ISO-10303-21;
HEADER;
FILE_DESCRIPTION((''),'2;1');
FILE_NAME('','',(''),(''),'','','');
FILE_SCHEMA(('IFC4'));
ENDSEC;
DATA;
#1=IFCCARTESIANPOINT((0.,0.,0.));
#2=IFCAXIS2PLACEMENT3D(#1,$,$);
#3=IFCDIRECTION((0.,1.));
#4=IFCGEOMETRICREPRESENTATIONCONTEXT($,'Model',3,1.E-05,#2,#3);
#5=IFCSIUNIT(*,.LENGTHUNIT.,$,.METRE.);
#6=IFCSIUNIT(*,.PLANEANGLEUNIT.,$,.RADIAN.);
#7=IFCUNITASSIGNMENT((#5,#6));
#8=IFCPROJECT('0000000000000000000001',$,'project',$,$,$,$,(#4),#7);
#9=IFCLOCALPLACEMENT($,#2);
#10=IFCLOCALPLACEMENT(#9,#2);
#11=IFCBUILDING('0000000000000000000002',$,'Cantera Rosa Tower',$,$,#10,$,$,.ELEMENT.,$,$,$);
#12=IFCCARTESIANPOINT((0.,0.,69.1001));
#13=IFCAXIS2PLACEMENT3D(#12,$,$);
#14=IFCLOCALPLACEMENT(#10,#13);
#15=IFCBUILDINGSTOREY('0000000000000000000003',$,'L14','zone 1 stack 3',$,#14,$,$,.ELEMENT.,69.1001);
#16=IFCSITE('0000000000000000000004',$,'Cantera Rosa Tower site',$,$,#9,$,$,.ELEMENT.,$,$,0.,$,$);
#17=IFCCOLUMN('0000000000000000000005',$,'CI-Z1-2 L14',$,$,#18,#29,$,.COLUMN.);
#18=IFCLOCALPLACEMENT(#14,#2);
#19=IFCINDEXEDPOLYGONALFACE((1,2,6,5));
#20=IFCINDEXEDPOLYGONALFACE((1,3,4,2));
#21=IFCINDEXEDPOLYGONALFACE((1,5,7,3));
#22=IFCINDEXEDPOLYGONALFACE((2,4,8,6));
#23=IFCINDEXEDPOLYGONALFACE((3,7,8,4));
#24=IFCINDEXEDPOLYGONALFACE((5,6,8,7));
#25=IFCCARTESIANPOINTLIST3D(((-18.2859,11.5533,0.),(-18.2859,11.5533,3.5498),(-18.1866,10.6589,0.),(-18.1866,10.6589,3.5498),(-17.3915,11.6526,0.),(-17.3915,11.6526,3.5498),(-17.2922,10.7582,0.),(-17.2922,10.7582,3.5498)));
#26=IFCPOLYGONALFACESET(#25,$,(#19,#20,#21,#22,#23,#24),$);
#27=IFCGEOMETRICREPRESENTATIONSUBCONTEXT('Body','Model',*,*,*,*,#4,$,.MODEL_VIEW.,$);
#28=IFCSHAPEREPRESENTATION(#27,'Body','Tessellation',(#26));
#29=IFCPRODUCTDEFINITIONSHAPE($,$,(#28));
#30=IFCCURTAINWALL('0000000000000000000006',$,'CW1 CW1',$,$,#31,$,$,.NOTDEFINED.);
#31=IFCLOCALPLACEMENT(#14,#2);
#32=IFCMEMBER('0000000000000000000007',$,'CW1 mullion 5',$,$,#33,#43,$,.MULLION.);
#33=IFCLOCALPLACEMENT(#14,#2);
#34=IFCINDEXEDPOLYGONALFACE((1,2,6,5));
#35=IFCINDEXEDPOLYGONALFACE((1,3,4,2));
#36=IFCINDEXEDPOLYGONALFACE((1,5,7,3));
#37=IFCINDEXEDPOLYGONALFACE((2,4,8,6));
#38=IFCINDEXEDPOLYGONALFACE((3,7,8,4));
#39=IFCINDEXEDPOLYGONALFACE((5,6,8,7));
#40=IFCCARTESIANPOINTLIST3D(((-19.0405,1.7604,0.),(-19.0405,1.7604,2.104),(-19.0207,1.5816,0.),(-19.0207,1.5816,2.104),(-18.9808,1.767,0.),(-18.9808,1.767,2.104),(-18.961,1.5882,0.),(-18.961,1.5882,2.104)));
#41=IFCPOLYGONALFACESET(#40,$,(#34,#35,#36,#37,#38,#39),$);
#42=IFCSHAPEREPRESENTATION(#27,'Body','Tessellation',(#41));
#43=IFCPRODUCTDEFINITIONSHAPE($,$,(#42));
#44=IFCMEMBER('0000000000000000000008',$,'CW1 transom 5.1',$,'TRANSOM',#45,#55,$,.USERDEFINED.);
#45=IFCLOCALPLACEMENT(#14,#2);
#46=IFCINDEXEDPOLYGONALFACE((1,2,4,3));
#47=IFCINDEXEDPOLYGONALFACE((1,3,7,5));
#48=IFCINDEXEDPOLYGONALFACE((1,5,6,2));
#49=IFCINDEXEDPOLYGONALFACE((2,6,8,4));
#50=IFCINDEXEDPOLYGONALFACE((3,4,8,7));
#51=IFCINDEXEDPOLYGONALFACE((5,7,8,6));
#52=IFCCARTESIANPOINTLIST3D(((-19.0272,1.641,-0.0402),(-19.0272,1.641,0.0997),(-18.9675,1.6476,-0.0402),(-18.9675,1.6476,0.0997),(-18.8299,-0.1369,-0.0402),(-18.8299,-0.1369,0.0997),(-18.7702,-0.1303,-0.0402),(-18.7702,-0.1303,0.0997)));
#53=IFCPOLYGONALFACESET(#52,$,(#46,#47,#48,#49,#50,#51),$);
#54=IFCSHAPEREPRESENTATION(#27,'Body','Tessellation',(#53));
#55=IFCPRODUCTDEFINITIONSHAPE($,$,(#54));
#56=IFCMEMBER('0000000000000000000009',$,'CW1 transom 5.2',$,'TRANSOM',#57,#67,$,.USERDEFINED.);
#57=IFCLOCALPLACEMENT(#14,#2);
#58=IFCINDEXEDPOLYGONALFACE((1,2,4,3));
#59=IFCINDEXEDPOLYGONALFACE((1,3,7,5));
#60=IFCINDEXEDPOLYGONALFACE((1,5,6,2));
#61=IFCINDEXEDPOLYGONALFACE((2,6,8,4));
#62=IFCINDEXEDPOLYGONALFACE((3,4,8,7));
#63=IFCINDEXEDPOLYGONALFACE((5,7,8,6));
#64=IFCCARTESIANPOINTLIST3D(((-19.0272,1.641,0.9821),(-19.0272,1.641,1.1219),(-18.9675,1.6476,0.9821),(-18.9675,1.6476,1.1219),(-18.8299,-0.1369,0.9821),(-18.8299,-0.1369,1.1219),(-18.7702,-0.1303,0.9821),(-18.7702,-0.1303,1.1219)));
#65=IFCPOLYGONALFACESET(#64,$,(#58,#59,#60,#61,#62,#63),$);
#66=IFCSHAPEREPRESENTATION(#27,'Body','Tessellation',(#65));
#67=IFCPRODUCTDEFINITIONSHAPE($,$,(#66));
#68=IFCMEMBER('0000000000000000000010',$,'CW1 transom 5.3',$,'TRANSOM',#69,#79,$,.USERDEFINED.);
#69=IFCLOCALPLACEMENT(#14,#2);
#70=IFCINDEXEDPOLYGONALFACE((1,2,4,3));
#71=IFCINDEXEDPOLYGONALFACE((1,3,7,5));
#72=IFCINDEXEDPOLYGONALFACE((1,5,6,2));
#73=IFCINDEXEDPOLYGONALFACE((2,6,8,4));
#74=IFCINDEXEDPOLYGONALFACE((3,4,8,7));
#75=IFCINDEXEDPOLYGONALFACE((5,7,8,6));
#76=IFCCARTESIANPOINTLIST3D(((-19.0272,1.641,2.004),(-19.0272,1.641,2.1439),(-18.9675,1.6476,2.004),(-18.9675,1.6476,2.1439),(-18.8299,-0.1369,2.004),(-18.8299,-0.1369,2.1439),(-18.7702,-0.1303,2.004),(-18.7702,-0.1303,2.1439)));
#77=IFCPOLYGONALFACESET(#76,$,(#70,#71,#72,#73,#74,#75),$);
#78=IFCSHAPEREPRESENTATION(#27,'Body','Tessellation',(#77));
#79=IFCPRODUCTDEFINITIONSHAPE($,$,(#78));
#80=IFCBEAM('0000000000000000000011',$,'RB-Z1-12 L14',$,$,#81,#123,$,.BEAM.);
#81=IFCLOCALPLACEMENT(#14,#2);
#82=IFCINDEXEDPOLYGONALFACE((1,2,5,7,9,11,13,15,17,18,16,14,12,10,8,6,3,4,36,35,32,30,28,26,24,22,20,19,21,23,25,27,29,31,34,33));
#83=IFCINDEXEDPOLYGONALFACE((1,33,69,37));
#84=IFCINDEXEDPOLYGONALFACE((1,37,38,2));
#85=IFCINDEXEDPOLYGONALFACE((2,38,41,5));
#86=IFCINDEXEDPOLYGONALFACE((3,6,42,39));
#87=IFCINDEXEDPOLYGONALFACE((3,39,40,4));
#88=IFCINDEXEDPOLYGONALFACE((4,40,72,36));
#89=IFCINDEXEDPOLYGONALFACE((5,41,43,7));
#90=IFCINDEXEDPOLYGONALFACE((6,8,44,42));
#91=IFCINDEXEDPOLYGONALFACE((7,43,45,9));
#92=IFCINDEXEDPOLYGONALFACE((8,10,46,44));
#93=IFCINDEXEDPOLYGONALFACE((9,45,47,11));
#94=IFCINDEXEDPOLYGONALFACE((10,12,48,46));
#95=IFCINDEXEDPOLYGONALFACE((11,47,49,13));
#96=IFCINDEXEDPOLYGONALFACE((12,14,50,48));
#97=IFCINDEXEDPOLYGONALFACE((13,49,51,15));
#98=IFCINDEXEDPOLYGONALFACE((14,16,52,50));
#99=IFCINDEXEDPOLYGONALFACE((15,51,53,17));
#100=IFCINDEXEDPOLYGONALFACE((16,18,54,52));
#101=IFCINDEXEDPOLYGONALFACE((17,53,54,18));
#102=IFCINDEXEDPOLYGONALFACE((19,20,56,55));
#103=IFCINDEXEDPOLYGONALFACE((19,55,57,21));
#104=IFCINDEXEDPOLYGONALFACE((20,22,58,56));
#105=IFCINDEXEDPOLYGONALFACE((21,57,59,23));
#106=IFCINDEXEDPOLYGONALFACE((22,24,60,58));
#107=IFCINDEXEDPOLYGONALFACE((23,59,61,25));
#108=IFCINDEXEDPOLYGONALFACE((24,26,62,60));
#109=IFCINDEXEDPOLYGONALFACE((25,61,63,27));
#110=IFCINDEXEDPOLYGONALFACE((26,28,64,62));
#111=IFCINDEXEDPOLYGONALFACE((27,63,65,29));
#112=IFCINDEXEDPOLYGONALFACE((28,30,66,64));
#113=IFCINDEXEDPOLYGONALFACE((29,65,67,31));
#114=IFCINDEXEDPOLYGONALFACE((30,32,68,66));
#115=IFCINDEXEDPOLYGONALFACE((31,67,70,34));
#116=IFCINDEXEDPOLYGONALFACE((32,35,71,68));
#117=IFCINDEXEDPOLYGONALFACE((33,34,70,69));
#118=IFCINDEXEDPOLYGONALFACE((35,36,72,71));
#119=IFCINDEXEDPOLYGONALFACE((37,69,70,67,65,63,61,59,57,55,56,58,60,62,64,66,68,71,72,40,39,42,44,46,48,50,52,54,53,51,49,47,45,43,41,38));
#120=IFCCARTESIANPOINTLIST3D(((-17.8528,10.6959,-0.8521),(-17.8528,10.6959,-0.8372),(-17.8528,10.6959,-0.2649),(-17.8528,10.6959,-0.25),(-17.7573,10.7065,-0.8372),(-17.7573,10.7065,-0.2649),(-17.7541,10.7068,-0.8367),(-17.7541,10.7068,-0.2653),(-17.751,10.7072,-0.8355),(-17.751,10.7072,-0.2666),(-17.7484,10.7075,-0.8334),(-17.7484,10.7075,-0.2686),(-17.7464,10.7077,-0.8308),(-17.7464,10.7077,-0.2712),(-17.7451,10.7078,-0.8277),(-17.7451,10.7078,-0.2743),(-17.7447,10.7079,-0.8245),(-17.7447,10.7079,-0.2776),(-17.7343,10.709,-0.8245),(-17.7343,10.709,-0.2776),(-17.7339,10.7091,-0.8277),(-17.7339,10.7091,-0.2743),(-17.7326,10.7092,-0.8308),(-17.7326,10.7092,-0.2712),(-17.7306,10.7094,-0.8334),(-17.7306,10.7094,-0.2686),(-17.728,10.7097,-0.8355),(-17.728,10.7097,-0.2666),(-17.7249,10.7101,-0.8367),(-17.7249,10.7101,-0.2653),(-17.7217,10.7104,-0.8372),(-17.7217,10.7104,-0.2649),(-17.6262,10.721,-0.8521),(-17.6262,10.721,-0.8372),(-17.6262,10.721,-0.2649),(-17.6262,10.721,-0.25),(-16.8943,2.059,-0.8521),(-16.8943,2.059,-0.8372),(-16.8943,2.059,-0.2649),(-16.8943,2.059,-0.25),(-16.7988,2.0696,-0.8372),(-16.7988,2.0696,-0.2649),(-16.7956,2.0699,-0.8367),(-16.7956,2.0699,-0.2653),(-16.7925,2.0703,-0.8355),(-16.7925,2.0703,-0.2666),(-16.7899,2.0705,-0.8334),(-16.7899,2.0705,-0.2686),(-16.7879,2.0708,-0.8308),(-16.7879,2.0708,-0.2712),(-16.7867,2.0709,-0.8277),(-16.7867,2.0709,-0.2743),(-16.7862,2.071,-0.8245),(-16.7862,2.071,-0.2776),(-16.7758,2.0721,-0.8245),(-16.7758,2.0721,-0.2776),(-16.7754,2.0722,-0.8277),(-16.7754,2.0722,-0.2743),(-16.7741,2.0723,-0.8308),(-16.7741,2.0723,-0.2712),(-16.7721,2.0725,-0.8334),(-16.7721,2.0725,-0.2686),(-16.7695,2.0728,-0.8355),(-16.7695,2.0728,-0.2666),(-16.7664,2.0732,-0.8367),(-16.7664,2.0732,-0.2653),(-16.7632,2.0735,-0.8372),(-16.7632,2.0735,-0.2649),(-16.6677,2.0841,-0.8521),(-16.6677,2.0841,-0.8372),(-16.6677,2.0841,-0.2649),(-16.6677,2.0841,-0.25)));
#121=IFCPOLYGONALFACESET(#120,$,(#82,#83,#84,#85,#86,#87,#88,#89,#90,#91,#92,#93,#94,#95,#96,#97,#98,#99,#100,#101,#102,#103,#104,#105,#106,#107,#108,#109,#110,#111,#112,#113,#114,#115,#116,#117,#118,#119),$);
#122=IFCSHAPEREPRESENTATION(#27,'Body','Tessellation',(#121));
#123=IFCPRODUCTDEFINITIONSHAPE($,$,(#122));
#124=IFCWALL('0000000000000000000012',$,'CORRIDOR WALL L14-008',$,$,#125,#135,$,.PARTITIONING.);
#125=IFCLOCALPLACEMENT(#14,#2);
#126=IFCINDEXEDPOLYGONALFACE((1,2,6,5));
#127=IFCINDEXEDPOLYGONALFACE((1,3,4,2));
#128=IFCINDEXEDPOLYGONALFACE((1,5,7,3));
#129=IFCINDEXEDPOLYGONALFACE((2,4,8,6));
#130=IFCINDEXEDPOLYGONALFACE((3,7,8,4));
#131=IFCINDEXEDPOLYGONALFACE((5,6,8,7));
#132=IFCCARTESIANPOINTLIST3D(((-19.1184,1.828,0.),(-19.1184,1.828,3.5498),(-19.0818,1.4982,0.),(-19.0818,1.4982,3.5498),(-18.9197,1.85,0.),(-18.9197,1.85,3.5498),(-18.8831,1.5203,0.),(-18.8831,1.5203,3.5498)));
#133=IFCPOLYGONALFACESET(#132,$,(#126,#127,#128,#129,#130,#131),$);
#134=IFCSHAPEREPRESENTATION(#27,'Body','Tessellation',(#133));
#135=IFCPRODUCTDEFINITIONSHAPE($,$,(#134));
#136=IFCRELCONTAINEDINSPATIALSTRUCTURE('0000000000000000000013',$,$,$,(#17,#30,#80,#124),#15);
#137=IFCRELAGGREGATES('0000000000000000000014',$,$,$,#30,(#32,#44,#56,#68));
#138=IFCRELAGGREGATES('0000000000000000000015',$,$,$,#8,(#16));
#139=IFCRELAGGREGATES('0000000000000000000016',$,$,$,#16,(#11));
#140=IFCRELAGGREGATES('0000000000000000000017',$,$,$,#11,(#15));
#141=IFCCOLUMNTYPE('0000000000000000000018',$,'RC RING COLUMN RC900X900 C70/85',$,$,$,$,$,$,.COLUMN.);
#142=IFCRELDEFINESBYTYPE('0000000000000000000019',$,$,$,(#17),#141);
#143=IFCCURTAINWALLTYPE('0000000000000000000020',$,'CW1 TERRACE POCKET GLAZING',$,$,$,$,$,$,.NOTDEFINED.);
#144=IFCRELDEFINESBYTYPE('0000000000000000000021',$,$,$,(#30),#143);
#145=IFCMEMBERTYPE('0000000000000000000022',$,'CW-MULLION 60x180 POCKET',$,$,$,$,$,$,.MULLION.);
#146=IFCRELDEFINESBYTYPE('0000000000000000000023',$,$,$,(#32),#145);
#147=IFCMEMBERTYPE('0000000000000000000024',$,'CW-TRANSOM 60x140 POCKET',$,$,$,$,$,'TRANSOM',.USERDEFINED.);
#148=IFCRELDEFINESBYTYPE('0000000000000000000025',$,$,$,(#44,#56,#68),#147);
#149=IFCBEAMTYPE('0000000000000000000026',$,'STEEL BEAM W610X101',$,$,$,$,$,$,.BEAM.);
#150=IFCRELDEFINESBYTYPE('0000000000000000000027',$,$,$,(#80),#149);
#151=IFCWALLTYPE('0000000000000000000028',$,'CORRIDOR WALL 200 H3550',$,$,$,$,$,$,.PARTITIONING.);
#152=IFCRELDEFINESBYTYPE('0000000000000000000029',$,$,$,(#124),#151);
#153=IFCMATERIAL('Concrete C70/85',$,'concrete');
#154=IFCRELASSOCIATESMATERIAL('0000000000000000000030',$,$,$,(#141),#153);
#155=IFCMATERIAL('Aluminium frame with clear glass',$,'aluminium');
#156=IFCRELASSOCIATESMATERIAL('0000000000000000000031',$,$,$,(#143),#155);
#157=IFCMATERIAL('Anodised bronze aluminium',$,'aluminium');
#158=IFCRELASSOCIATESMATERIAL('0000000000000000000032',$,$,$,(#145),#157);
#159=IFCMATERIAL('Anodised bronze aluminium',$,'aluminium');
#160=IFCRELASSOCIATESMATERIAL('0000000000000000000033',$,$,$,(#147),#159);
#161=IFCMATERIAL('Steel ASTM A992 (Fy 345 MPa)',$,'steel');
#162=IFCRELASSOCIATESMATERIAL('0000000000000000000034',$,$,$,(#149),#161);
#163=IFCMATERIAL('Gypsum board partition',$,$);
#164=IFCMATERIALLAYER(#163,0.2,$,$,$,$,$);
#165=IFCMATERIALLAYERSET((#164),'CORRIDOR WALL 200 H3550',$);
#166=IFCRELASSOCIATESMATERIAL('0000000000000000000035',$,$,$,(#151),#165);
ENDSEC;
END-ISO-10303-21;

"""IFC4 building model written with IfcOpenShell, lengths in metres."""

from ifc_helpers import new_model, si_unit, direction, frame, frame_2d, origin, origin_2d, place, context, subcontext, project, spatial, rectangle, i_section, extrude, material, layer, layer_set, material_profile, profile_set, type_object, element, aggregate, save


model = new_model("IFC4")

# Units and contexts
model_context = context("Model", 3, precision=1e-05, world=origin(), true_north=direction((0.0, 1.0)))
body_context = subcontext(model_context, "Body", "Model", "MODEL_VIEW")
ifc_project = project(units=[si_unit("LENGTHUNIT", "METRE"), si_unit("PLANEANGLEUNIT", "RADIAN")], contexts=[model_context])

# Site, building, storey
site_placement = place(None, origin())
site = spatial("IfcSite", under=ifc_project, at=site_placement, Name="Cantera Rosa Tower site", CompositionType="ELEMENT", RefElevation=0.0)
building_placement = place(site_placement, origin())
building = spatial("IfcBuilding", under=site, at=building_placement, Name="Cantera Rosa Tower", CompositionType="ELEMENT")
storey_placement = place(building_placement, frame((0.0, 0.0, 69.1001)))
storey = spatial("IfcBuildingStorey", under=building, at=storey_placement, Name="L14", Description="zone 1 stack 3", CompositionType="ELEMENT", Elevation=69.1001)

# Column
ifc_material_1 = material(Name="Concrete C70/85", Category="concrete")
ifc_material_profile_1 = material_profile(ifc_material_1, rectangle(XDim=0.8999, YDim=0.8999, at=origin_2d()), Name="RC RING COLUMN RC900X900 C70/85")
ifc_profile_set_1 = profile_set([ifc_material_profile_1], Name="Concrete C70/85")
column_type = type_object("IfcColumnType", Name="RC RING COLUMN RC900X900 C70/85", PredefinedType="COLUMN", material=ifc_profile_set_1)
column_placement = place(storey_placement, frame((-17.7891, 11.1558, 0.0), z_axis=(0.0, 0.0, 1.0), x_axis=(0.993897, 0.110313, 0.0)))
element("IfcColumn", 1, at=column_placement, inside=storey, type_object=column_type, Name="CI-Z1-2 L14", PredefinedType="COLUMN", context=body_context, shape_type="SweptSolid", body=[
    extrude(rectangle(XDim=0.8999, YDim=0.8999, at=origin_2d()), origin(), (0.0, 0.0, 1.0), 3.5498),
])

# Curtain wall, members
ifc_material_2 = material(Name="Aluminium frame with clear glass", Category="aluminium")
curtain_wall_type = type_object("IfcCurtainWallType", Name="CW1 TERRACE POCKET GLAZING", PredefinedType="NOTDEFINED", material=ifc_material_2)
curtain_wall_placement = place(storey_placement, origin())
curtain_wall = element("IfcCurtainWall", 2, at=curtain_wall_placement, inside=storey, type_object=curtain_wall_type, Name="CW1 CW1", PredefinedType="NOTDEFINED")
ifc_material_3 = material(Name="Anodised bronze aluminium", Category="aluminium")
ifc_material_profile_2 = material_profile(ifc_material_3, rectangle(XDim=0.0601, YDim=0.1799, at=origin_2d()), Name="CW-MULLION 60x180 POCKET")
ifc_profile_set_2 = profile_set([ifc_material_profile_2], Name="Anodised bronze aluminium")
member_type_1 = type_object("IfcMemberType", Name="CW-MULLION 60x180 POCKET", PredefinedType="MULLION", material=ifc_profile_set_2)
member_1_placement = place(storey_placement, frame((-19.0007, 1.6743, 0.0), z_axis=(0.0, 0.0, 1.0), x_axis=(0.993897, 0.110313, 0.0)))
member_1 = element("IfcMember", 3, at=member_1_placement, type_object=member_type_1, Name="CW1 mullion 5", PredefinedType="MULLION", context=body_context, shape_type="SweptSolid", body=[
    extrude(rectangle(XDim=0.0601, YDim=0.1799, at=origin_2d()), origin(), (0.0, 0.0, 1.0), 2.104),
])
ifc_material_4 = material(Name="Anodised bronze aluminium", Category="aluminium")
ifc_material_profile_3 = material_profile(ifc_material_4, rectangle(XDim=0.0601, YDim=0.1399, at=origin_2d()), Name="CW-TRANSOM 60x140 POCKET")
ifc_profile_set_3 = profile_set([ifc_material_profile_3], Name="Anodised bronze aluminium")
member_type_2 = type_object("IfcMemberType", Name="CW-TRANSOM 60x140 POCKET", ElementType="TRANSOM", PredefinedType="USERDEFINED", material=ifc_profile_set_3)
member_2_placement = place(storey_placement, frame((-18.9973, 1.6443, 0.0298), z_axis=(0.110282, -0.9939, 0.0), x_axis=(0.9939, 0.110282, 0.0)))
member_2 = element("IfcMember", 4, at=member_2_placement, type_object=member_type_2, Name="CW1 transom 5.1", ObjectType="TRANSOM", PredefinedType="USERDEFINED", context=body_context, shape_type="SweptSolid", body=[
    extrude(rectangle(XDim=0.0601, YDim=0.1399, at=origin_2d()), origin(), (0.0, 0.0, 1.0), 1.7888),
])
member_3_placement = place(storey_placement, frame((-18.9973, 1.6443, 1.052), z_axis=(0.110282, -0.9939, 0.0), x_axis=(0.9939, 0.110282, 0.0)))
member_3 = element("IfcMember", 5, at=member_3_placement, type_object=member_type_2, Name="CW1 transom 5.2", ObjectType="TRANSOM", PredefinedType="USERDEFINED", context=body_context, shape_type="SweptSolid", body=[
    extrude(rectangle(XDim=0.0601, YDim=0.1399, at=origin_2d()), origin(), (0.0, 0.0, 1.0), 1.7888),
])
member_4_placement = place(storey_placement, frame((-18.9973, 1.6443, 2.074), z_axis=(0.110282, -0.9939, 0.0), x_axis=(0.9939, 0.110282, 0.0)))
member_4 = element("IfcMember", 6, at=member_4_placement, type_object=member_type_2, Name="CW1 transom 5.3", ObjectType="TRANSOM", PredefinedType="USERDEFINED", context=body_context, shape_type="SweptSolid", body=[
    extrude(rectangle(XDim=0.0601, YDim=0.1399, at=origin_2d()), origin(), (0.0, 0.0, 1.0), 1.7888),
])
aggregate(curtain_wall, [member_1, member_2, member_3, member_4])

# Beam
ifc_material_5 = material(Name="Steel ASTM A992 (Fy 345 MPa)", Category="steel")
ifc_material_profile_4 = material_profile(ifc_material_5, i_section(OverallWidth=0.228, OverallDepth=0.6021, WebThickness=0.0105, FlangeThickness=0.0149, FilletRadius=0.0127, at=origin_2d()), Name="W610X101")
ifc_profile_set_4 = profile_set([ifc_material_profile_4], Name="Steel ASTM A992 (Fy 345 MPa)")
beam_type = type_object("IfcBeamType", Name="STEEL BEAM W610X101", PredefinedType="BEAM", material=ifc_profile_set_4)
beam_placement = place(storey_placement, frame((-16.781, 2.0715, -0.551), z_axis=(-0.110299, 0.993898, 0.0), x_axis=(-0.993898, -0.110299, 0.0)))
element("IfcBeam", 7, at=beam_placement, inside=storey, type_object=beam_type, Name="RB-Z1-12 L14", PredefinedType="BEAM", context=body_context, shape_type="SweptSolid", body=[
    extrude(i_section(OverallWidth=0.228, OverallDepth=0.6021, WebThickness=0.0105, FlangeThickness=0.0149, FilletRadius=0.0127, at=origin_2d()), origin(), (0.0, 0.0, 1.0), 8.6899),
])

# Wall
ifc_material_6 = material(Name="Gypsum board partition")
ifc_layer_1 = layer(ifc_material_6, 0.2)
ifc_layer_set_1 = layer_set([ifc_layer_1], Name="CORRIDOR WALL 200 H3550")
wall_type_1 = type_object("IfcWallType", Name="CORRIDOR WALL 200 H3550", PredefinedType="PARTITIONING", material=ifc_layer_set_1)
wall_1_placement = place(storey_placement, frame((-19.019, 1.8391, 0.0), z_axis=(0.0, 0.0, 1.0), x_axis=(0.110351, -0.993893, 0.0)))
element("IfcWall", 8, at=wall_1_placement, inside=storey, type_object=wall_type_1, Name="CORRIDOR WALL L14-008", PredefinedType="PARTITIONING", context=body_context, shape_type="SweptSolid", body=[
    extrude(rectangle(XDim=0.3318, YDim=0.2, at=frame_2d((0.166, 0.0))), origin(), (0.0, 0.0, 1.0), 3.5498),
])

save(model, "model.ifc")
